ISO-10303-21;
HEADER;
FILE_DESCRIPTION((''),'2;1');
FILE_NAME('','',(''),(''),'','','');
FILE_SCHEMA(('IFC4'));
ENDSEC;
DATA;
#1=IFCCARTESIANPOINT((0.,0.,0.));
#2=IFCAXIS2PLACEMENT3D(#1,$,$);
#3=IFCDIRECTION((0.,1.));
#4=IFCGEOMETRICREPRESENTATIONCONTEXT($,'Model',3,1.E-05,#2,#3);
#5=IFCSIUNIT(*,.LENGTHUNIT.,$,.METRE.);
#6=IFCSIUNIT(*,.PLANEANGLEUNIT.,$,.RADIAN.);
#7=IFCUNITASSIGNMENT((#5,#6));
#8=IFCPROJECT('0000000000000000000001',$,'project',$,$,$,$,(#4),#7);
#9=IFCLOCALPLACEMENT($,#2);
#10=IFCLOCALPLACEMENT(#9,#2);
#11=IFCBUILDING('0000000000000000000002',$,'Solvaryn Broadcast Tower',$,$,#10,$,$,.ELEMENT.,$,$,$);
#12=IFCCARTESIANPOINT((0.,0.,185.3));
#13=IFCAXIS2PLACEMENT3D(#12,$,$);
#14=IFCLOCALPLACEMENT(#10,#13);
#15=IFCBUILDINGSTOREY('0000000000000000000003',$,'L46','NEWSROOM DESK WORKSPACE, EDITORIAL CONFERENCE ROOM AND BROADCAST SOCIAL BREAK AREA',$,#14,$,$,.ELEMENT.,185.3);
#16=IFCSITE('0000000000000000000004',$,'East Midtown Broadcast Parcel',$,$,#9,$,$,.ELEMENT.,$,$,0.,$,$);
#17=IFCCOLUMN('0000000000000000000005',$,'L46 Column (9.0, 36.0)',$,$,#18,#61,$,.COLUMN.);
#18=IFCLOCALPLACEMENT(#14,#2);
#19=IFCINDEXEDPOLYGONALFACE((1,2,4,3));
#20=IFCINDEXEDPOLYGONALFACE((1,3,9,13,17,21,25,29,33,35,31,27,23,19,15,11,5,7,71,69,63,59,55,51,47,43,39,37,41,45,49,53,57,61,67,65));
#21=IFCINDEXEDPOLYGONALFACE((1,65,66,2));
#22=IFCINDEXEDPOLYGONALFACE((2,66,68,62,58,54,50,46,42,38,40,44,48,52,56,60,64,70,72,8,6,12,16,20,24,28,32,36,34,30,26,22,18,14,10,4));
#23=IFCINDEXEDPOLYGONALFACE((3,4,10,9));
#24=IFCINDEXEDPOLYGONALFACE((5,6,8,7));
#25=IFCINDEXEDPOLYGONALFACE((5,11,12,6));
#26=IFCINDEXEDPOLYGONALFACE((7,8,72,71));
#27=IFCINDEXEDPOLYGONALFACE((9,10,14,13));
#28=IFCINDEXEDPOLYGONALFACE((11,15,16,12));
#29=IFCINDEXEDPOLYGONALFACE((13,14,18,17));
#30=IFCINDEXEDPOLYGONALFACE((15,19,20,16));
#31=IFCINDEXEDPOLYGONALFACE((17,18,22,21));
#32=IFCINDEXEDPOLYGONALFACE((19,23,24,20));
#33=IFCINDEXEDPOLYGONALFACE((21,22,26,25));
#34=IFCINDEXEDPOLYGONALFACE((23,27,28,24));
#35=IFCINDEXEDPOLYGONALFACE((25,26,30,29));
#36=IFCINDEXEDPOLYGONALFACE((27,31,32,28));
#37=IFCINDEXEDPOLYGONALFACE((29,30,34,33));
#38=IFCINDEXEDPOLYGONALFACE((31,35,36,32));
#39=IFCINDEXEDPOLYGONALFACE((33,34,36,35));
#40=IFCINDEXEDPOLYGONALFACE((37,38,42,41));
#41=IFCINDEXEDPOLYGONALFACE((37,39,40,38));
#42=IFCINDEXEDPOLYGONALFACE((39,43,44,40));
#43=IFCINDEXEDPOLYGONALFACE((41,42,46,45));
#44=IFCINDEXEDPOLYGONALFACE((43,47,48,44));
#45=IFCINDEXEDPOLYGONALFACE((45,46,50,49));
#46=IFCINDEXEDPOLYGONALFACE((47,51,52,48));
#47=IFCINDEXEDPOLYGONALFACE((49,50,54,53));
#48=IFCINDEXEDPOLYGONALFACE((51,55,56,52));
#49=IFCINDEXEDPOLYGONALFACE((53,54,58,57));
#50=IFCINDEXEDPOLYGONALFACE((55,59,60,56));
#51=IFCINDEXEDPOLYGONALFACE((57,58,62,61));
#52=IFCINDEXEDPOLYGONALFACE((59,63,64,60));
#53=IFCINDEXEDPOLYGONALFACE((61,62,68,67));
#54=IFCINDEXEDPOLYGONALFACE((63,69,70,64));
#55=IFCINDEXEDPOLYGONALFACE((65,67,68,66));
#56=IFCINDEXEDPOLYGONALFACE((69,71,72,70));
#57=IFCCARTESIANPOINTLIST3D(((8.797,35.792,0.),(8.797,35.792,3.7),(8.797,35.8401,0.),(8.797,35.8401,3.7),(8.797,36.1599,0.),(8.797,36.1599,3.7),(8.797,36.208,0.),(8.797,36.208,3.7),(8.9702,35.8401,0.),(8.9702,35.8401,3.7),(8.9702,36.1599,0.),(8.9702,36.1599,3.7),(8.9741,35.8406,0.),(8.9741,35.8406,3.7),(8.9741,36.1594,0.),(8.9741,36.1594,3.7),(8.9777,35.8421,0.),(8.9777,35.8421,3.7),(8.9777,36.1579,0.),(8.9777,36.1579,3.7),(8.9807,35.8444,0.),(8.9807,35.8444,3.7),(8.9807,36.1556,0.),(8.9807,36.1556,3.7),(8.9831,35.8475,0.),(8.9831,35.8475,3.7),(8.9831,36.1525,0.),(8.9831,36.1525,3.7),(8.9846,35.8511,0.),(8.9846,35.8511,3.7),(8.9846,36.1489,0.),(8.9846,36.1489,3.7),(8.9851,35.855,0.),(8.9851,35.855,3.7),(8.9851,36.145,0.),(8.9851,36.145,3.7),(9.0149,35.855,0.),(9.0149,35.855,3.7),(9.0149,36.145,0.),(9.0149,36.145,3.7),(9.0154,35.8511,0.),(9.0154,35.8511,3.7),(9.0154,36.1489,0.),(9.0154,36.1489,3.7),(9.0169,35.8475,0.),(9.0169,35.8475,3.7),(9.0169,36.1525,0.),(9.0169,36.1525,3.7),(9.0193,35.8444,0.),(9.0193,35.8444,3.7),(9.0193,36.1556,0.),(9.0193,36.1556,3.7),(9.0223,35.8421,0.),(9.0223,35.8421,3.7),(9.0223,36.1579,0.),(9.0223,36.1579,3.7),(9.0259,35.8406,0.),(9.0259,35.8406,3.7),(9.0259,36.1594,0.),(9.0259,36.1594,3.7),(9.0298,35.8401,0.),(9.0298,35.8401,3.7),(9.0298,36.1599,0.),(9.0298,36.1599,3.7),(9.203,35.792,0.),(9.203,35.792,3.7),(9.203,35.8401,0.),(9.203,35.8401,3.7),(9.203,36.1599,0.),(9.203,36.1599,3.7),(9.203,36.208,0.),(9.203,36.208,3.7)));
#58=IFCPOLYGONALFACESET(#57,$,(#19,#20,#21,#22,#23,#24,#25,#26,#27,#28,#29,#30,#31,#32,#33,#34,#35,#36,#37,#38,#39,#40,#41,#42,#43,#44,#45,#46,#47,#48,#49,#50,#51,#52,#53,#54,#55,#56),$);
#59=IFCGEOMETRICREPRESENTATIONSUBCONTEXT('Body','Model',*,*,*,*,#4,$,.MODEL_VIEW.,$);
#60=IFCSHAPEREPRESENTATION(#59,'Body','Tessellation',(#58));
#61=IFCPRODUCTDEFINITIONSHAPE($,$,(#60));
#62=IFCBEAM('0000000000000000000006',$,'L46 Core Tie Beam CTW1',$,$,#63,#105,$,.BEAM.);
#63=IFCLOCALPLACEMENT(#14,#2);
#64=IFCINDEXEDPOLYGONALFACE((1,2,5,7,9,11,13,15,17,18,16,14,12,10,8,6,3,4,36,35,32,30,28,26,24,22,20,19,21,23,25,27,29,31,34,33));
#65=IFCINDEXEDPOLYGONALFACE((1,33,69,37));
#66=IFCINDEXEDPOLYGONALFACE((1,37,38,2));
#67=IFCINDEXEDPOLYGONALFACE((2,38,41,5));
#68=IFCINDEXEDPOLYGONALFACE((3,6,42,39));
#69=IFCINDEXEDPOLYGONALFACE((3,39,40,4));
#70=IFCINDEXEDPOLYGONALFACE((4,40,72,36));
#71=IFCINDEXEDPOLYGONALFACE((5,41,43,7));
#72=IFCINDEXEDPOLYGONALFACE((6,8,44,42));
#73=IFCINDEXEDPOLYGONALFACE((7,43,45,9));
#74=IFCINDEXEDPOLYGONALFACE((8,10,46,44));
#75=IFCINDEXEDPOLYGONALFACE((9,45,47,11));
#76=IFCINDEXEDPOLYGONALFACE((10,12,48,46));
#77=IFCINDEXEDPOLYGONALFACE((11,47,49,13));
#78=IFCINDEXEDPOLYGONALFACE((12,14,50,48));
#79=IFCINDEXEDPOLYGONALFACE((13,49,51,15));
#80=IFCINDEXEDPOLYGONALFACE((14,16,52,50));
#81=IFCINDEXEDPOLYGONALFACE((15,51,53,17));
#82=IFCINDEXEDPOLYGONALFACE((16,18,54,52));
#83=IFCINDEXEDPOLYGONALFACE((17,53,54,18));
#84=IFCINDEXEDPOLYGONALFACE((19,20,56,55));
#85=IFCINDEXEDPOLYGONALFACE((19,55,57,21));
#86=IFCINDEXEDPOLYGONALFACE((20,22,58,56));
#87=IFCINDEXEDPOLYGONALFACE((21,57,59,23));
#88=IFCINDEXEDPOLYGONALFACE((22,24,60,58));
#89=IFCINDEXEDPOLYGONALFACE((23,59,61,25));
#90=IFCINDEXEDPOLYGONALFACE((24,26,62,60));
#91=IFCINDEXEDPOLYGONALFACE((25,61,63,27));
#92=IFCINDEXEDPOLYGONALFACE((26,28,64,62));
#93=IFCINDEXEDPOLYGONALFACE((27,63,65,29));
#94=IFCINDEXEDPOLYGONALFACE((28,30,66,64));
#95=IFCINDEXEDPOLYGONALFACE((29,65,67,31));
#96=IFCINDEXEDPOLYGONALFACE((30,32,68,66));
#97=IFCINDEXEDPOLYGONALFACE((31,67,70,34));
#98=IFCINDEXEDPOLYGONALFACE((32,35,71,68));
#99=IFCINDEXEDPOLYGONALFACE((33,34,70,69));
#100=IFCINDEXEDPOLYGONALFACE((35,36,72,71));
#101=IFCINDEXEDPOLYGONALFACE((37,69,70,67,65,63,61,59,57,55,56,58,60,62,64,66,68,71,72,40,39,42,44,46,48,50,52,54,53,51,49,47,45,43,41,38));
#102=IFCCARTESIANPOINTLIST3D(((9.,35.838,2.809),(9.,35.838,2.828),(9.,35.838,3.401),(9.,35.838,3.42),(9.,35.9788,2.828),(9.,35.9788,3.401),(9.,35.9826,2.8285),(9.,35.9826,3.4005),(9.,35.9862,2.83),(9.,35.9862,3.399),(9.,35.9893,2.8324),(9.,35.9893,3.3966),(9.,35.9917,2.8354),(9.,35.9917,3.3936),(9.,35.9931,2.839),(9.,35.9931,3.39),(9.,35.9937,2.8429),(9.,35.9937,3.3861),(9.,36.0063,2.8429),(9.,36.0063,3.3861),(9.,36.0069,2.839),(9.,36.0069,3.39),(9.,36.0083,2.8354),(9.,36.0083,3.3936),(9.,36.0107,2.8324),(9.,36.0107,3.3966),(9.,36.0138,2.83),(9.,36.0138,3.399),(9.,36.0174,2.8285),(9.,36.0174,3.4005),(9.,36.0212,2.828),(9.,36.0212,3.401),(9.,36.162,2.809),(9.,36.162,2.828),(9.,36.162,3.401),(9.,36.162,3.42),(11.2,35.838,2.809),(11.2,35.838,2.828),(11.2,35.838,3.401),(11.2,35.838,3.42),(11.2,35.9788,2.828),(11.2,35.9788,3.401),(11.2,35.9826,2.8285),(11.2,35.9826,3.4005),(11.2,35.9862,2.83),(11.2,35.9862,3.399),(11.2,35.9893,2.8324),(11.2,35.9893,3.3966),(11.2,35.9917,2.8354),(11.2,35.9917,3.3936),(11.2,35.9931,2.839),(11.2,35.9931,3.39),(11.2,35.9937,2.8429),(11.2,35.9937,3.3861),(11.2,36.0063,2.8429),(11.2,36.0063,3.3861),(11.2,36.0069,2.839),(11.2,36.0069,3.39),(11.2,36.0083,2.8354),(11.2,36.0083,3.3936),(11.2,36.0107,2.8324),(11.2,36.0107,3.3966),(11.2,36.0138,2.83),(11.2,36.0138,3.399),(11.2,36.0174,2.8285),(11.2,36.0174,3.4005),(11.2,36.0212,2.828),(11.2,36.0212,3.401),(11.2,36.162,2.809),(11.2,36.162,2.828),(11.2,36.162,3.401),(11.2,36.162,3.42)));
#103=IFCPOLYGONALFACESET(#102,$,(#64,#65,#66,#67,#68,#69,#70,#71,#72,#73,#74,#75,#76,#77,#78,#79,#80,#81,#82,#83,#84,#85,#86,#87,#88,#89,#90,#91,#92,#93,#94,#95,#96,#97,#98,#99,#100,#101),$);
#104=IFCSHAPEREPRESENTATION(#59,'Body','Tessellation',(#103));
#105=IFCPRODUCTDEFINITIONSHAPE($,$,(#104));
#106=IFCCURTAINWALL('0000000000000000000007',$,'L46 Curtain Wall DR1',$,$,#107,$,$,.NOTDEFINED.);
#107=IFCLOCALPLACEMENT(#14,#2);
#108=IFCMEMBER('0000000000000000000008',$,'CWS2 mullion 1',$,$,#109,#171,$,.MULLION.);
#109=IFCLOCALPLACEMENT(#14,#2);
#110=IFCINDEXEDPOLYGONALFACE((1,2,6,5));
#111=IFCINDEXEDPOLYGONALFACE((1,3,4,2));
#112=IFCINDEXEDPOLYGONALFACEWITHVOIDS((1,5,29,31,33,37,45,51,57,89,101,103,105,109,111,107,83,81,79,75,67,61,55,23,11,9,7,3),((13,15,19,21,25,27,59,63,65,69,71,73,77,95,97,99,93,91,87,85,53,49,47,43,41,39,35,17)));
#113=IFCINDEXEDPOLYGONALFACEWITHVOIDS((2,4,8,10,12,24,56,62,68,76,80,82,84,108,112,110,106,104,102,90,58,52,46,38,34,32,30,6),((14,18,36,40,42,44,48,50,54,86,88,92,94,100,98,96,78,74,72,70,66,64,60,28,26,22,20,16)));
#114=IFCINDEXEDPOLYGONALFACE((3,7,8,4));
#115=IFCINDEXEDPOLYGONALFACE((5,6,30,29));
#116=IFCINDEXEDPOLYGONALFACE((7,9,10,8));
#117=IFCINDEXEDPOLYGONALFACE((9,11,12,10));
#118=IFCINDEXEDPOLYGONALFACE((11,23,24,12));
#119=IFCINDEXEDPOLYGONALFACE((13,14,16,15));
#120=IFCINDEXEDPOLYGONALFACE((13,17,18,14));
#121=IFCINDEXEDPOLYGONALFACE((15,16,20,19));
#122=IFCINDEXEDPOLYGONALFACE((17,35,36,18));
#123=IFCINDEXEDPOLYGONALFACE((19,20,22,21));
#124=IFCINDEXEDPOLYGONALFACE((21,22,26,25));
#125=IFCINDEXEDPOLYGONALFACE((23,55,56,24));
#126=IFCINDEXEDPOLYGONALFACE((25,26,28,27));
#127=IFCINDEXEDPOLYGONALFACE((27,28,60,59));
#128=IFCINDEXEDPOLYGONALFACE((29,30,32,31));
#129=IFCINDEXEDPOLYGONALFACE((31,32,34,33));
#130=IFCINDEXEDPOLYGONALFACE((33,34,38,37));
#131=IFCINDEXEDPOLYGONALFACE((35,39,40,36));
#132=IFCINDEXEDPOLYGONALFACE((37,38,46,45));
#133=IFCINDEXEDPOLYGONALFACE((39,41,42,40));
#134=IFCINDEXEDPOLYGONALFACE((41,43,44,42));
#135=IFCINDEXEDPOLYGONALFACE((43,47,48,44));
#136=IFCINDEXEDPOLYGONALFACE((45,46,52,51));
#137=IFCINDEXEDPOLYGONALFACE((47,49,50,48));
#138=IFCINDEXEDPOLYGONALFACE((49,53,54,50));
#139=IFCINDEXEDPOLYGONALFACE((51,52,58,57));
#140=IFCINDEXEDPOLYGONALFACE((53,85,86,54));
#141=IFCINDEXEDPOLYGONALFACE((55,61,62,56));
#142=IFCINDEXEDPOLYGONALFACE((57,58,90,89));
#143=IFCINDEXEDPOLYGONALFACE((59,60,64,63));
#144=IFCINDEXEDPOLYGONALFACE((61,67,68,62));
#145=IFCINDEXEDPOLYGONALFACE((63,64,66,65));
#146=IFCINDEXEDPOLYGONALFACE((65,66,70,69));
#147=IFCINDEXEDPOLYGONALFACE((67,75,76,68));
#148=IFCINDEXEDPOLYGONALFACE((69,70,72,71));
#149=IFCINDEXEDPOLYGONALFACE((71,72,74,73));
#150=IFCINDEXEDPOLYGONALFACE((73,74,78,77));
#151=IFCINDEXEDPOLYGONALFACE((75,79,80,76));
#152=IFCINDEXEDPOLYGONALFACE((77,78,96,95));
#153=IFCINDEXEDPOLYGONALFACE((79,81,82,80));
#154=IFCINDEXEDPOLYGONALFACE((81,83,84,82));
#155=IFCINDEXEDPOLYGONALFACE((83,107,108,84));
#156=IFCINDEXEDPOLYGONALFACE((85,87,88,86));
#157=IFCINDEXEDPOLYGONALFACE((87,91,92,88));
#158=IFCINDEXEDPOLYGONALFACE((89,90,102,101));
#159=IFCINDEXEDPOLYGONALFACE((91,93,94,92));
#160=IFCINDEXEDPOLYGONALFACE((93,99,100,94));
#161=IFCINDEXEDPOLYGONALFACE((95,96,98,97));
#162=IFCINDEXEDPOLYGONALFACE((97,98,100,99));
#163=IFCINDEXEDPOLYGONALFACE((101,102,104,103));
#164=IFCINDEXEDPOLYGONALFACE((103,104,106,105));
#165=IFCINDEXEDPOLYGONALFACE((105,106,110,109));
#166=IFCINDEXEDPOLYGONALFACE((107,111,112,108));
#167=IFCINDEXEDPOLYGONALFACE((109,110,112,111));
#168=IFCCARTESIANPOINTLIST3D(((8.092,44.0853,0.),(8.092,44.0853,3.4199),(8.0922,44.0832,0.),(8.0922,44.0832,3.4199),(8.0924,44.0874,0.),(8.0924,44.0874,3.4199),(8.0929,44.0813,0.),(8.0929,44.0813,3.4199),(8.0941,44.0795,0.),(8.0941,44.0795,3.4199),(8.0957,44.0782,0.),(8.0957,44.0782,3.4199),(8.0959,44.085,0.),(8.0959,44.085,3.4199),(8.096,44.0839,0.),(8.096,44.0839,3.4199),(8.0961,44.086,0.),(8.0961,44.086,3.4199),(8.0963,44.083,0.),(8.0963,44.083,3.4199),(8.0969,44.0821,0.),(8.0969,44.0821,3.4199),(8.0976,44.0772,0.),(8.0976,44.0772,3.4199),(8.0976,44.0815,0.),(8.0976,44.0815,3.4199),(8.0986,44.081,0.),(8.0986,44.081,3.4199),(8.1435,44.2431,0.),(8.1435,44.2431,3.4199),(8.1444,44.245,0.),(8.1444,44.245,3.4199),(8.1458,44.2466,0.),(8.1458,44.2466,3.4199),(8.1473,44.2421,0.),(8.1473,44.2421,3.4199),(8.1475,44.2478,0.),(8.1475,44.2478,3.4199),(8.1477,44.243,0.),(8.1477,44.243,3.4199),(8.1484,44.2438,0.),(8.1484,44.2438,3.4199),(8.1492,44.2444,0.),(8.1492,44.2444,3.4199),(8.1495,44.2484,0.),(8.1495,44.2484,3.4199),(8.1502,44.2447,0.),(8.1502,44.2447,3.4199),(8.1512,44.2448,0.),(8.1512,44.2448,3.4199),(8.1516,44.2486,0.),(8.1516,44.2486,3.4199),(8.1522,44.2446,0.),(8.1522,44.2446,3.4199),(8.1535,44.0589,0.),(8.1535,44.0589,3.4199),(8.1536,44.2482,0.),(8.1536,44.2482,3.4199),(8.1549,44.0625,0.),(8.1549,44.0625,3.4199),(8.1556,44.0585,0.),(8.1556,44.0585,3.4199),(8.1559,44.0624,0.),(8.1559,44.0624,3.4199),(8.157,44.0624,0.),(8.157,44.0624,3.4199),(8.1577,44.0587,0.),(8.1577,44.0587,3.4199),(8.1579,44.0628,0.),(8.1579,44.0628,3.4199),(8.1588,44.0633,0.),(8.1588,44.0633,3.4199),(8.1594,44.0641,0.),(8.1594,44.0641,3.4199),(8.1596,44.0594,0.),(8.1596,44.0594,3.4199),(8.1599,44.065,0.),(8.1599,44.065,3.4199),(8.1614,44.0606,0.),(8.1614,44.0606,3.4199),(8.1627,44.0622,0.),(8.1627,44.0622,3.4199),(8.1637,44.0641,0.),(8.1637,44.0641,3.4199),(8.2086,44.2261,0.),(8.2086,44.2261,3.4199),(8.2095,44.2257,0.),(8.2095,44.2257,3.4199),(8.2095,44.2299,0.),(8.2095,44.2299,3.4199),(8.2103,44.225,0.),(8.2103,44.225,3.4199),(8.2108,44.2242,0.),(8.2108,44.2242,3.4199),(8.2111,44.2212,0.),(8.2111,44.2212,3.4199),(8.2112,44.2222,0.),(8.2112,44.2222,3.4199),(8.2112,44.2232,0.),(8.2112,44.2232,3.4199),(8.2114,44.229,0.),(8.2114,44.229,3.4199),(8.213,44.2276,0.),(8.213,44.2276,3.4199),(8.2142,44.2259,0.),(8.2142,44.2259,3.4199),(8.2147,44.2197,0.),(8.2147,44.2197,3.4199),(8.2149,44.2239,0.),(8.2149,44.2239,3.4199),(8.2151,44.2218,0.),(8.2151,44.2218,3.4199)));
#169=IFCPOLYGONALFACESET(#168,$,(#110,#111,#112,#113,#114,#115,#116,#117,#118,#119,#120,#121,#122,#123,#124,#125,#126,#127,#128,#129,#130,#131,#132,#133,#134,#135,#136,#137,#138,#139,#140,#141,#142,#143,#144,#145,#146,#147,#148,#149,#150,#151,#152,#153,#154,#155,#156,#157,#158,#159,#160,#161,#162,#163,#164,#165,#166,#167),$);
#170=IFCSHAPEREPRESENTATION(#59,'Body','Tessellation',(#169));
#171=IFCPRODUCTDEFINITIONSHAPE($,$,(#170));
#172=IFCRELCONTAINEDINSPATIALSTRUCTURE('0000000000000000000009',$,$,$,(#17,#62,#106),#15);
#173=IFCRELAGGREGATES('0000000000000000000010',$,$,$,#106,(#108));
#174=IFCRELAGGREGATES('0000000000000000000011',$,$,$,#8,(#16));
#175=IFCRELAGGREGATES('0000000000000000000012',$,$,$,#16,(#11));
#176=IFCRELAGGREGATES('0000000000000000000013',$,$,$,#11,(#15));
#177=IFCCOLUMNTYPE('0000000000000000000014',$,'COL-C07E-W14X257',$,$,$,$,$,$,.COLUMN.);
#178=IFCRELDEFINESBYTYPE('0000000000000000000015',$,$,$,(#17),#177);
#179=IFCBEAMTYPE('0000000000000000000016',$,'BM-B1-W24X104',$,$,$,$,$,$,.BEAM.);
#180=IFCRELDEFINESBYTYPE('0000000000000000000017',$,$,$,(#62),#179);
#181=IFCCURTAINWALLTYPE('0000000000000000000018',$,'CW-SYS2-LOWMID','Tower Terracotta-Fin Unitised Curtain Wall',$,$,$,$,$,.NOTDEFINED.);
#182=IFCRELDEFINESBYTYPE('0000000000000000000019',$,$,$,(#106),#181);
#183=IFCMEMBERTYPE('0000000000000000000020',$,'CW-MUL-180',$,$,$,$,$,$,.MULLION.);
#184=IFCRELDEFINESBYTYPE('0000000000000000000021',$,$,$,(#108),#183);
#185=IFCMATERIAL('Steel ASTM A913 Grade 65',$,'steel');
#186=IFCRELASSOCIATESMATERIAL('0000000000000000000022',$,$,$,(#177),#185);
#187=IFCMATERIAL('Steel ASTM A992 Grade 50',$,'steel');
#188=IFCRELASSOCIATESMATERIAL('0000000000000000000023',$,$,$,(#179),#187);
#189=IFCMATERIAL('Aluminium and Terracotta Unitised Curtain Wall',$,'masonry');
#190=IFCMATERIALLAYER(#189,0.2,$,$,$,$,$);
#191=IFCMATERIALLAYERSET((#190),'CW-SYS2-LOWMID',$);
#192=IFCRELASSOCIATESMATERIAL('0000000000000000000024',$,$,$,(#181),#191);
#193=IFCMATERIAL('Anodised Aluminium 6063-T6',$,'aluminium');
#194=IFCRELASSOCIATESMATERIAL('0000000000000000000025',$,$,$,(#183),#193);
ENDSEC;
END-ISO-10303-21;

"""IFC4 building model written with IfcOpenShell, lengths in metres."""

from ifc_helpers import new_model, si_unit, direction, frame, origin, origin_2d, place, context, subcontext, project, spatial, hollow_rectangle, i_section, extrude, material, layer, layer_set, material_profile, profile_set, type_object, element, aggregate, save


model = new_model("IFC4")

# Units and contexts
model_context = context("Model", 3, precision=1e-05, world=origin(), true_north=direction((0.0, 1.0)))
body_context = subcontext(model_context, "Body", "Model", "MODEL_VIEW")
ifc_project = project(units=[si_unit("LENGTHUNIT", "METRE"), si_unit("PLANEANGLEUNIT", "RADIAN")], contexts=[model_context])

# Site, building, storey
site_placement = place(None, origin())
site = spatial("IfcSite", under=ifc_project, at=site_placement, Name="East Midtown Broadcast Parcel", CompositionType="ELEMENT", RefElevation=0.0)
building_placement = place(site_placement, origin())
building = spatial("IfcBuilding", under=site, at=building_placement, Name="Solvaryn Broadcast Tower", CompositionType="ELEMENT")
storey_placement = place(building_placement, frame((0.0, 0.0, 185.3)))
storey = spatial("IfcBuildingStorey", under=building, at=storey_placement, Name="L46", Description="NEWSROOM DESK WORKSPACE, EDITORIAL CONFERENCE ROOM AND BROADCAST SOCIAL BREAK AREA", CompositionType="ELEMENT", Elevation=185.3)

# Column
ifc_material_1 = material(Name="Steel ASTM A913 Grade 65", Category="steel")
ifc_material_profile_1 = material_profile(ifc_material_1, i_section(OverallWidth=0.406, OverallDepth=0.416, WebThickness=0.0298, FlangeThickness=0.0481, FilletRadius=0.0149, at=origin_2d()))
ifc_profile_set_1 = profile_set([ifc_material_profile_1], Name="Steel ASTM A913 Grade 65")
column_type = type_object("IfcColumnType", Name="COL-C07E-W14X257", PredefinedType="COLUMN", material=ifc_profile_set_1)
column_placement = place(storey_placement, frame((9.0, 36.0, 0.0), z_axis=(0.0, 0.0, 1.0), x_axis=(1.0, 0.0, 0.0)))
element("IfcColumn", 1, at=column_placement, inside=storey, type_object=column_type, Name="L46 Column (9.0, 36.0)", PredefinedType="COLUMN", context=body_context, shape_type="SweptSolid", body=[
    extrude(i_section(OverallWidth=0.406, OverallDepth=0.416, WebThickness=0.0298, FlangeThickness=0.0481, FilletRadius=0.0149, at=origin_2d()), origin(), (0.0, 0.0, 1.0), 3.7),
])

# Beam
ifc_material_2 = material(Name="Steel ASTM A992 Grade 50", Category="steel")
ifc_material_profile_2 = material_profile(ifc_material_2, i_section(OverallWidth=0.324, OverallDepth=0.6111, WebThickness=0.0127, FlangeThickness=0.019, FilletRadius=0.0149, at=origin_2d()))
ifc_profile_set_2 = profile_set([ifc_material_profile_2], Name="Steel ASTM A992 Grade 50")
beam_type = type_object("IfcBeamType", Name="BM-B1-W24X104", PredefinedType="BEAM", material=ifc_profile_set_2)
beam_placement = place(storey_placement, frame((9.0, 36.0, 3.1145), z_axis=(1.0, 0.0, 0.0), x_axis=(0.0, 1.0, 0.0)))
element("IfcBeam", 2, at=beam_placement, inside=storey, type_object=beam_type, Name="L46 Core Tie Beam CTW1", PredefinedType="BEAM", context=body_context, shape_type="SweptSolid", body=[
    extrude(i_section(OverallWidth=0.324, OverallDepth=0.6111, WebThickness=0.0127, FlangeThickness=0.019, FilletRadius=0.0149, at=origin_2d()), origin(), (0.0, 0.0, 1.0), 2.2),
])

# Curtain wall, member
ifc_material_3 = material(Name="Aluminium and Terracotta Unitised Curtain Wall", Category="masonry")
ifc_layer_1 = layer(ifc_material_3, 0.2)
ifc_layer_set_1 = layer_set([ifc_layer_1], Name="CW-SYS2-LOWMID")
curtain_wall_type = type_object("IfcCurtainWallType", Name="CW-SYS2-LOWMID", Description="Tower Terracotta-Fin Unitised Curtain Wall", PredefinedType="NOTDEFINED", material=ifc_layer_set_1)
curtain_wall_1_placement = place(storey_placement, origin())
curtain_wall_1 = element("IfcCurtainWall", 3, at=curtain_wall_1_placement, inside=storey, type_object=curtain_wall_type, Name="L46 Curtain Wall DR1", PredefinedType="NOTDEFINED")
ifc_material_4 = material(Name="Anodised Aluminium 6063-T6", Category="aluminium")
ifc_material_profile_3 = material_profile(ifc_material_4, hollow_rectangle(XDim=0.075, YDim=0.1799, WallThickness=0.0039, InnerFilletRadius=0.0039, OuterFilletRadius=0.0081, at=origin_2d()))
ifc_profile_set_3 = profile_set([ifc_material_profile_3], Name="Anodised Aluminium 6063-T6")
member_type_1 = type_object("IfcMemberType", Name="CW-MUL-180", PredefinedType="MULLION", material=ifc_profile_set_3)
member_1_placement = place(storey_placement, frame((8.1536, 44.1536, 0.0), z_axis=(0.0, 0.0, 1.0), x_axis=(0.950227, -0.311559, 0.0)))
member_1 = element("IfcMember", 4, at=member_1_placement, type_object=member_type_1, Name="CWS2 mullion 1", PredefinedType="MULLION", context=body_context, shape_type="SweptSolid", body=[
    extrude(hollow_rectangle(XDim=0.075, YDim=0.1799, WallThickness=0.0039, InnerFilletRadius=0.0039, OuterFilletRadius=0.0081, at=origin_2d()), origin(), (0.0, 0.0, 1.0), 3.4199),
])

aggregate(curtain_wall_1, [member_1])

save(model, "model.ifc")
